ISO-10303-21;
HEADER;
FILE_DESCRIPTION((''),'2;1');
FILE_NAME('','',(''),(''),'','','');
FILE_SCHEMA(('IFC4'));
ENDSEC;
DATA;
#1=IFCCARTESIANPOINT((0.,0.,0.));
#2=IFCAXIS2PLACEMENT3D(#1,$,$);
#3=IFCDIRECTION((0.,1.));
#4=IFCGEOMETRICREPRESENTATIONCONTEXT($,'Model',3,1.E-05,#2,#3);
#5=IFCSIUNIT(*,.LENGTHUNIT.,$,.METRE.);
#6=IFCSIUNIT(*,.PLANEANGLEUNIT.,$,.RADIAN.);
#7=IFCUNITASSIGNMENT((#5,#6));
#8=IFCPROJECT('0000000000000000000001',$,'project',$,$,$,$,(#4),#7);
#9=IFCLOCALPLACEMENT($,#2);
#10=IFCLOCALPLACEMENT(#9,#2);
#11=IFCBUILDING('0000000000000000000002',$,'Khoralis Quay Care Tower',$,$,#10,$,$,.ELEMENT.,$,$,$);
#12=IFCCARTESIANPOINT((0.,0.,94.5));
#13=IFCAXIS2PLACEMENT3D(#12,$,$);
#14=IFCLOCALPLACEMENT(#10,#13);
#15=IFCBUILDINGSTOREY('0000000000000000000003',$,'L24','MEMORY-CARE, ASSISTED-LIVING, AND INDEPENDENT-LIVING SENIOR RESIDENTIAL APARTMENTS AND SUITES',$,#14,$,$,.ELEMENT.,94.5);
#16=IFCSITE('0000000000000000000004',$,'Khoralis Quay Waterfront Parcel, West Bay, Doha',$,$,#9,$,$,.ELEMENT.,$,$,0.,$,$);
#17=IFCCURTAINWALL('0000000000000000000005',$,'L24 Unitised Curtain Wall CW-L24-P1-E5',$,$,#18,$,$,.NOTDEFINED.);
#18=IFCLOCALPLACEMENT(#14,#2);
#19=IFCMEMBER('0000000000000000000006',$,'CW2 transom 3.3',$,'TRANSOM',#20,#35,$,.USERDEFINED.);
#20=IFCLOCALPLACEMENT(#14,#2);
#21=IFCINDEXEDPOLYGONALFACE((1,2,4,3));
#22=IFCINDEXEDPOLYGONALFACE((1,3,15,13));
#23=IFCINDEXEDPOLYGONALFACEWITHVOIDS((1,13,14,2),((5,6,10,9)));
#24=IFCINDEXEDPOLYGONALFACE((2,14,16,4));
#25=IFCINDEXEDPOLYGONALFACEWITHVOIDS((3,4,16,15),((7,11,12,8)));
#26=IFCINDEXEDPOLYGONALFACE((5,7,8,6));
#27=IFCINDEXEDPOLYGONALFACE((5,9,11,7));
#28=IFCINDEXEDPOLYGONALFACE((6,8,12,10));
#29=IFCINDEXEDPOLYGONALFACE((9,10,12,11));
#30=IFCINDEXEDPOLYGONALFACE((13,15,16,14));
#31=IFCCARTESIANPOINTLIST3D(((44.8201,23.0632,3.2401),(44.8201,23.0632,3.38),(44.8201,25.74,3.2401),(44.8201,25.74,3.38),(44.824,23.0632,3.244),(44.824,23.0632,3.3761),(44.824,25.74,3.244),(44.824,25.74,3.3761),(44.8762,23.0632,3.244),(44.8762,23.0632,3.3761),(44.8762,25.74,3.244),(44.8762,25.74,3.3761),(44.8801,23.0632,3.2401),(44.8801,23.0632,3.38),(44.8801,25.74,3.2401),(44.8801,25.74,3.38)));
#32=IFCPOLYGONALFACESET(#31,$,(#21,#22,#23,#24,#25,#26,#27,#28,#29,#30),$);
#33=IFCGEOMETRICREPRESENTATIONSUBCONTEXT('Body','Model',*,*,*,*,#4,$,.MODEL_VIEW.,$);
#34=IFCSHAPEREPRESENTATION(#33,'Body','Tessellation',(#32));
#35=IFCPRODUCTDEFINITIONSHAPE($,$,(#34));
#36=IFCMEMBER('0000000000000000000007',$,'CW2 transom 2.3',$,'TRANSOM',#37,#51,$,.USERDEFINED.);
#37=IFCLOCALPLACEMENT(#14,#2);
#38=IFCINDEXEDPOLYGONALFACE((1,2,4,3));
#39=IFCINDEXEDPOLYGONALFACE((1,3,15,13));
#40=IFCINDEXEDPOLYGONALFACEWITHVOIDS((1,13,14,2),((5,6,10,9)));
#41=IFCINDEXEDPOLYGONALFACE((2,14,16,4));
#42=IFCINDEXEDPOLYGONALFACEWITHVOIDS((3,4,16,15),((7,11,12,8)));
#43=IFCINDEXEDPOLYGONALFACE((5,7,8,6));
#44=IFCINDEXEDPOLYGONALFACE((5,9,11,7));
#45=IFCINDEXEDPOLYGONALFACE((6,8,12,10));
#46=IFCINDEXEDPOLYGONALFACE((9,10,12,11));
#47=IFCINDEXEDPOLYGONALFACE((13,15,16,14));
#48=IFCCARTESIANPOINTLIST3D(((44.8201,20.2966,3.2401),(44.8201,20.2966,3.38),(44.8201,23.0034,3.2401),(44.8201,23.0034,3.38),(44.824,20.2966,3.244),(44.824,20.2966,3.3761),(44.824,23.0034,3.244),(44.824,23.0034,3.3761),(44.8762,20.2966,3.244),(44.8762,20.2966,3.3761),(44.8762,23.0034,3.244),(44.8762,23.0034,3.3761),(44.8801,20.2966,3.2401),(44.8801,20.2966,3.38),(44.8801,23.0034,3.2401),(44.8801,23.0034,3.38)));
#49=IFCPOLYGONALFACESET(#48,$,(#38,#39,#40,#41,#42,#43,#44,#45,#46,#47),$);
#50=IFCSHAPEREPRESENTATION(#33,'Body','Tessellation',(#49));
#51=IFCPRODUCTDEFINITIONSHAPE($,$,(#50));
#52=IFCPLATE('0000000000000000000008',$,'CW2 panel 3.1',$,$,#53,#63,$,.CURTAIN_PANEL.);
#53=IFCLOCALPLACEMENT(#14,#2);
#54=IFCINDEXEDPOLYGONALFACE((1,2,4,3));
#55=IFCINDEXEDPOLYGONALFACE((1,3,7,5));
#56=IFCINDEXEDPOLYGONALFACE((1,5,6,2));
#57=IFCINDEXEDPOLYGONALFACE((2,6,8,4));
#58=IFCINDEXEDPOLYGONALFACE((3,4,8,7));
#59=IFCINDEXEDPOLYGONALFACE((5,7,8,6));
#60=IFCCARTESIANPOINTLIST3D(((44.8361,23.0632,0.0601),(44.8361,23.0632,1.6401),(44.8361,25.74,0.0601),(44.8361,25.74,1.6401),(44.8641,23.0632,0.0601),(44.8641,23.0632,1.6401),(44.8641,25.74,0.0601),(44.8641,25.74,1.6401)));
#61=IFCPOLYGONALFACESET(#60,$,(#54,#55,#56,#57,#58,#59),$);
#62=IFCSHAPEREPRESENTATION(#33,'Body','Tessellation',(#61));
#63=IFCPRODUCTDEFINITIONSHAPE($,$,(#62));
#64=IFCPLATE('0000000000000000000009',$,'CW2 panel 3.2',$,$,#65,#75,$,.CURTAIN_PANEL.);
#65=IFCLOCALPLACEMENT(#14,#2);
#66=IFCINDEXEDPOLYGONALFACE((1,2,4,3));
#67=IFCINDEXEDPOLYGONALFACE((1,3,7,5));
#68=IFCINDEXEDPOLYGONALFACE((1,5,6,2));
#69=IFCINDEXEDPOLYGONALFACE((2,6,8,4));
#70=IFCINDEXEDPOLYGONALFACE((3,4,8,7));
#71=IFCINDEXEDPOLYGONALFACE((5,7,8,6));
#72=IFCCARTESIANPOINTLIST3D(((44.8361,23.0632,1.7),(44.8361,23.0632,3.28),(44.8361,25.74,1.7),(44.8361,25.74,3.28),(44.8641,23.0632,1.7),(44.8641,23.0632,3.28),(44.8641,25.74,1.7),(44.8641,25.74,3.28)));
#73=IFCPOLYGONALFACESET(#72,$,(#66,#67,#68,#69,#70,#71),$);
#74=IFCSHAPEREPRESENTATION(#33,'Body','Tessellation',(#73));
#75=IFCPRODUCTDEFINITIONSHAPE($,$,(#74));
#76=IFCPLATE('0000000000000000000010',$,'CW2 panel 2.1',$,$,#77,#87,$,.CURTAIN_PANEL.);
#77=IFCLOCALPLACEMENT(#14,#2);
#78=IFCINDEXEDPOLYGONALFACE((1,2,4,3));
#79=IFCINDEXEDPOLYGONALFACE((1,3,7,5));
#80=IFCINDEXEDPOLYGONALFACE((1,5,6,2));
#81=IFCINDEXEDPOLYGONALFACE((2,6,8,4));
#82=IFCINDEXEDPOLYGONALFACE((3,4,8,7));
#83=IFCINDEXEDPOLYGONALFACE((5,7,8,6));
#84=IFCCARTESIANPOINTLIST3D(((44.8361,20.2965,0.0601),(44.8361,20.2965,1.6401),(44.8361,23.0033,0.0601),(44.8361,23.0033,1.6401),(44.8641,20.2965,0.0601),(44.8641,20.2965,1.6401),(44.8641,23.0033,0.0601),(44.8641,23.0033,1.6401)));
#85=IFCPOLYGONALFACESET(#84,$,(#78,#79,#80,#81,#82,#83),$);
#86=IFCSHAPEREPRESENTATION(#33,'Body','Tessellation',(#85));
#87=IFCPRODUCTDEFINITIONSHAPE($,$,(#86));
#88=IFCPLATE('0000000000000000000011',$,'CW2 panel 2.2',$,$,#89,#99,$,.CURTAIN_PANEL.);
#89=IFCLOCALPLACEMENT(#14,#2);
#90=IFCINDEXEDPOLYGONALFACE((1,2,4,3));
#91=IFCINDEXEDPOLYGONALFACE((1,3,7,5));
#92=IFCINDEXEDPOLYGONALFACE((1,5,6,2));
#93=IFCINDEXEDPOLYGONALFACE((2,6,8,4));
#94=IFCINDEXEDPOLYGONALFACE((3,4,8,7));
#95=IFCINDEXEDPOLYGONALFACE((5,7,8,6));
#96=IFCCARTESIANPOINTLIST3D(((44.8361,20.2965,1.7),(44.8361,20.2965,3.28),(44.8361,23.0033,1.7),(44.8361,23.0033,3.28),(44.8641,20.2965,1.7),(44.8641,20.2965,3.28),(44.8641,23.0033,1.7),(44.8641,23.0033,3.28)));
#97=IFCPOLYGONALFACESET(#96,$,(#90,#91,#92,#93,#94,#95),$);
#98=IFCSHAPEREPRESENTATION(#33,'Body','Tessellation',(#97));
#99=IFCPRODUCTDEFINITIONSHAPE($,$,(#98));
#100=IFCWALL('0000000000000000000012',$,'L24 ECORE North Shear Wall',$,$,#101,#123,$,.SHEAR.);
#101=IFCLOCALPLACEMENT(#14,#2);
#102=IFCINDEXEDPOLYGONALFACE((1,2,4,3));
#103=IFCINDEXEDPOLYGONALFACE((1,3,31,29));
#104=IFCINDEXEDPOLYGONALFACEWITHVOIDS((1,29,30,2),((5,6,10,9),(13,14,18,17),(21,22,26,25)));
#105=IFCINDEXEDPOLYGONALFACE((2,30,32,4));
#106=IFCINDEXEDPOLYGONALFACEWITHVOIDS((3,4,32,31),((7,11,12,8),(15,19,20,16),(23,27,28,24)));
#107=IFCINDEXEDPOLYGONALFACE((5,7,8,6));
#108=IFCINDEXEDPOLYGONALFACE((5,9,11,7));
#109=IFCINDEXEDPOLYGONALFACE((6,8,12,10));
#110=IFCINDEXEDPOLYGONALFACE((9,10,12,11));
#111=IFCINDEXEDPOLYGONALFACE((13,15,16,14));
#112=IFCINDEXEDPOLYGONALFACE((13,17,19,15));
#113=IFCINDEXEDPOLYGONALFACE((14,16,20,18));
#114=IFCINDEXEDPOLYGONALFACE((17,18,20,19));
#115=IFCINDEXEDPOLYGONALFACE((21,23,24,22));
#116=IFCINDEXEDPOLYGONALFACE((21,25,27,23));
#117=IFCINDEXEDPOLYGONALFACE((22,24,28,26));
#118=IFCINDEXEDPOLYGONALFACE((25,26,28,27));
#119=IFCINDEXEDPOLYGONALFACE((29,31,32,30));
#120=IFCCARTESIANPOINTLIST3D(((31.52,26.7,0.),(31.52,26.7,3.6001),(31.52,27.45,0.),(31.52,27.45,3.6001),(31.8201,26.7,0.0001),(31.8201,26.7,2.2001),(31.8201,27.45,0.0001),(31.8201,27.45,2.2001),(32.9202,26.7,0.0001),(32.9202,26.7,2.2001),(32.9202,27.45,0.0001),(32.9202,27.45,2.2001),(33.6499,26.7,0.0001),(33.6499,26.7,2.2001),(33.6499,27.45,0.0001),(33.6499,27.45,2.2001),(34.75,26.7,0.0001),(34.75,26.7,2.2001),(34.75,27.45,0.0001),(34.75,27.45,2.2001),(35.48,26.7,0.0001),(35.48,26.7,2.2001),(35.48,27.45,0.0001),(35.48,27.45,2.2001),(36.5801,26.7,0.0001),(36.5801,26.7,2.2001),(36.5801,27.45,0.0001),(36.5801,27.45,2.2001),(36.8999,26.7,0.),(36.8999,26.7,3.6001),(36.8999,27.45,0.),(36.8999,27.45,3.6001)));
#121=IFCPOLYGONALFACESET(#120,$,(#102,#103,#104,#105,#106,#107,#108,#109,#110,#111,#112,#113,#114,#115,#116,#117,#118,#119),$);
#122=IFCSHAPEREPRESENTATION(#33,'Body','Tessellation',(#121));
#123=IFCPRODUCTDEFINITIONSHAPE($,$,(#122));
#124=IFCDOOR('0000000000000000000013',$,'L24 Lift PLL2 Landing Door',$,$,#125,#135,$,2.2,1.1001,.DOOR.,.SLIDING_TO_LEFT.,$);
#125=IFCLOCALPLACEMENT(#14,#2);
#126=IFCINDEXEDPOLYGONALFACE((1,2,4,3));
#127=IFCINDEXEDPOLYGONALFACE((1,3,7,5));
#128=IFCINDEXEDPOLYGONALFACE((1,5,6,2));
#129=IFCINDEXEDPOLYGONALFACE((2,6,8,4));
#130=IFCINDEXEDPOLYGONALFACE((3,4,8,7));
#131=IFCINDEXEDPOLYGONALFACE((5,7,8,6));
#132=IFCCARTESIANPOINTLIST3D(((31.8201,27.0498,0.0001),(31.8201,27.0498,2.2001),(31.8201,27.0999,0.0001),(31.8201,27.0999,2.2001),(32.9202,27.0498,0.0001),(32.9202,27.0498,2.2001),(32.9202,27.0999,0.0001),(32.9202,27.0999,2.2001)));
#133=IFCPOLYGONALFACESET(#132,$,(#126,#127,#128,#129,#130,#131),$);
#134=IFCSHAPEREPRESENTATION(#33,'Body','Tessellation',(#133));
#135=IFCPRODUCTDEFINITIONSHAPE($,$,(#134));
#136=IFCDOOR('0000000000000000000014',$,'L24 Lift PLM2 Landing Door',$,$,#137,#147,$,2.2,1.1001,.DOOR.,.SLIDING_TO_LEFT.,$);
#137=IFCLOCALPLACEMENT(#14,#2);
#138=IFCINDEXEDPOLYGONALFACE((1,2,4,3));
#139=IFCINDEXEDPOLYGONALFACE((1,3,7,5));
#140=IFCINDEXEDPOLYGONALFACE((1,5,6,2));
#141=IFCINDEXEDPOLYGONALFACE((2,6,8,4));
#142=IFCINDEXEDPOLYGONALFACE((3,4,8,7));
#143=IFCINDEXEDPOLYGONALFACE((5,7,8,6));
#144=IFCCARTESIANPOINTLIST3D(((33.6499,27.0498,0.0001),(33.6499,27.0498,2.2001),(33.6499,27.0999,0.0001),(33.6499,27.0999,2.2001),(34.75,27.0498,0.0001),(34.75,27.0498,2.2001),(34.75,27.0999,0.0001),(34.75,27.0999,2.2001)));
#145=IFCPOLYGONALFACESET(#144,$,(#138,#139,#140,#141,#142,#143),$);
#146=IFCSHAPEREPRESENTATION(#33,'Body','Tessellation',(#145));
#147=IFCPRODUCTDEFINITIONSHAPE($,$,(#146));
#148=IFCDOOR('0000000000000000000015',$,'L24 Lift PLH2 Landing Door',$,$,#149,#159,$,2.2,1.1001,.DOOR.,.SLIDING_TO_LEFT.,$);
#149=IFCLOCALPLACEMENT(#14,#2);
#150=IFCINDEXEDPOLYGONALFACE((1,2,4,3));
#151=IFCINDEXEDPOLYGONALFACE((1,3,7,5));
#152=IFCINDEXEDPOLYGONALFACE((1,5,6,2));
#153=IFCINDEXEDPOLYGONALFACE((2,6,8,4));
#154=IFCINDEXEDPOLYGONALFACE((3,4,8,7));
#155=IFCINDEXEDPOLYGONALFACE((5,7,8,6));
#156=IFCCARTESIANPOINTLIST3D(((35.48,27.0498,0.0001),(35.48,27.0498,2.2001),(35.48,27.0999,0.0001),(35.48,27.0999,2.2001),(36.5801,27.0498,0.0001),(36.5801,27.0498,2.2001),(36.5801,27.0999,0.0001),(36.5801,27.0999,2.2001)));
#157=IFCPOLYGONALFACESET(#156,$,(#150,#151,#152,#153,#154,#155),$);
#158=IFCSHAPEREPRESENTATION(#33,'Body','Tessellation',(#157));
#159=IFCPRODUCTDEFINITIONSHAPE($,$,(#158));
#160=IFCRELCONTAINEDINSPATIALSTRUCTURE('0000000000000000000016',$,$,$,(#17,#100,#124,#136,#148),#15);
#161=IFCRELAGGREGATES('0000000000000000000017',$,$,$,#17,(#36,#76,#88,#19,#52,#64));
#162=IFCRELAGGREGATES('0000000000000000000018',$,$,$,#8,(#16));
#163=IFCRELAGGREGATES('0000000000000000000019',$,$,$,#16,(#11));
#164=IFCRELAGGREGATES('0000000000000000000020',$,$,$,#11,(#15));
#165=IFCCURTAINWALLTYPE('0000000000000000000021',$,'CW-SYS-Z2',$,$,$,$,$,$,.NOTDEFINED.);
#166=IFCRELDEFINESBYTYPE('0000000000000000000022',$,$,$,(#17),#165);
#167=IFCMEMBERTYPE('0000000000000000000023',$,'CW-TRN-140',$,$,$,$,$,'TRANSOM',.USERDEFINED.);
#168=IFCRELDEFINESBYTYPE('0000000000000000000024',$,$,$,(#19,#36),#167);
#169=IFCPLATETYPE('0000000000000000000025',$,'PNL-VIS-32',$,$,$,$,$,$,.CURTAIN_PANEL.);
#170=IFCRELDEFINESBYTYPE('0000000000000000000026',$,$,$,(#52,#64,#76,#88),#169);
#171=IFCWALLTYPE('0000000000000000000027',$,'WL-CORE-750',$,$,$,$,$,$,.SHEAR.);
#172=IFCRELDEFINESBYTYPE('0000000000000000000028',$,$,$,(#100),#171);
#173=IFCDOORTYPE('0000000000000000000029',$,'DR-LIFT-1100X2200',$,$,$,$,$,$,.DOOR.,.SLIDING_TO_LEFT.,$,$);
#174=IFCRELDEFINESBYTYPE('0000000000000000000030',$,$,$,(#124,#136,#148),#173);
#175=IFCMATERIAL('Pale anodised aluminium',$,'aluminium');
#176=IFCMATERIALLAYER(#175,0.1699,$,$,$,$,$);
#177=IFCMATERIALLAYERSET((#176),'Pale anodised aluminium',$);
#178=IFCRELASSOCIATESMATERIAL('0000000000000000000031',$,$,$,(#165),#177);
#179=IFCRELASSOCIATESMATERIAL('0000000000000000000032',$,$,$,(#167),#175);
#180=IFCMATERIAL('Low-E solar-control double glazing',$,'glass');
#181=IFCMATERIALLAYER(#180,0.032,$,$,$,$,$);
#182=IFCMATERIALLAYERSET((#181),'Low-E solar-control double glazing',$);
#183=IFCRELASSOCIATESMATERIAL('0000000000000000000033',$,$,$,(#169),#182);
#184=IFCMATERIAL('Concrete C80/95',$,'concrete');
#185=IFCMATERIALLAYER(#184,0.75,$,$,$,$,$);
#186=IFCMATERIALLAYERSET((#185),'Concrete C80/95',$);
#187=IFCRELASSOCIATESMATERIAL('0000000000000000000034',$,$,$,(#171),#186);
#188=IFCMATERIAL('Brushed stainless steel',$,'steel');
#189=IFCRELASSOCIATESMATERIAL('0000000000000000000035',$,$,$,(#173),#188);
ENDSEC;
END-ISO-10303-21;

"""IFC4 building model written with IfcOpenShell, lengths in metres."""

from ifc_helpers import new_model, si_unit, direction, frame, frame_2d, origin, origin_2d, place, context, subcontext, project, spatial, rectangle, hollow_rectangle, extrude, source, transform, mapped, material, layer, layer_set, material_profile, profile_set, type_object, element, fill, aggregate, save


model = new_model("IFC4")

# Units and contexts
model_context = context("Model", 3, precision=1e-05, world=origin(), true_north=direction((0.0, 1.0)))
body_context = subcontext(model_context, "Body", "Model", "MODEL_VIEW")
ifc_project = project(units=[si_unit("LENGTHUNIT", "METRE"), si_unit("PLANEANGLEUNIT", "RADIAN")], contexts=[model_context])

# Site, building, storey
site_placement = place(None, origin())
site = spatial("IfcSite", under=ifc_project, at=site_placement, Name="Khoralis Quay Waterfront Parcel, West Bay, Doha", CompositionType="ELEMENT", RefElevation=0.0)
building_placement = place(site_placement, origin())
building = spatial("IfcBuilding", under=site, at=building_placement, Name="Khoralis Quay Care Tower", CompositionType="ELEMENT")
storey_placement = place(building_placement, frame((0.0, 0.0, 94.5)))
storey = spatial("IfcBuildingStorey", under=building, at=storey_placement, Name="L24", Description="MEMORY-CARE, ASSISTED-LIVING, AND INDEPENDENT-LIVING SENIOR RESIDENTIAL APARTMENTS AND SUITES", CompositionType="ELEMENT", Elevation=94.5)

# Curtain wall, members, plates
ifc_material_1 = material(Name="Pale anodised aluminium", Category="aluminium")
ifc_layer_1 = layer(ifc_material_1, 0.1699)
ifc_layer_set_1 = layer_set([ifc_layer_1], Name="Pale anodised aluminium")
curtain_wall_type = type_object("IfcCurtainWallType", Name="CW-SYS-Z2", PredefinedType="NOTDEFINED", material=ifc_layer_set_1)
curtain_wall_placement = place(storey_placement, origin())
curtain_wall = element("IfcCurtainWall", 1, at=curtain_wall_placement, inside=storey, type_object=curtain_wall_type, Name="L24 Unitised Curtain Wall CW-L24-P1-E5", PredefinedType="NOTDEFINED")
ifc_material_profile_1 = material_profile(ifc_material_1, hollow_rectangle(XDim=0.0601, YDim=0.1399, WallThickness=0.0039, at=origin_2d()), Name="Pale anodised aluminium")
ifc_profile_set_1 = profile_set([ifc_material_profile_1], Name="Pale anodised aluminium")
member_type_1 = type_object("IfcMemberType", Name="CW-TRN-140", ElementType="TRANSOM", PredefinedType="USERDEFINED", material=ifc_profile_set_1)
shared_shape_1 = source(origin(), body_context, "Body", "SweptSolid", [
    extrude(hollow_rectangle(XDim=0.0601, YDim=0.1399, WallThickness=0.0039, at=origin_2d()), origin(), (0.0, 0.0, 1.0), 2.6768),
])
member_1_placement = place(storey_placement, frame((44.8501, 23.0632, 3.3101), z_axis=(0.0, 1.0, 0.0), x_axis=(-1.0, 0.0, 0.0)))
member_1 = element("IfcMember", 2, at=member_1_placement, type_object=member_type_1, Name="CW2 transom 3.3", ObjectType="TRANSOM", PredefinedType="USERDEFINED", context=body_context, shape_type="MappedRepresentation", body=[
    mapped(shared_shape_1, transform((0.0, 0.0, 0.0), scale=1.0)),
])
shared_shape_2 = source(origin(), body_context, "Body", "SweptSolid", [
    extrude(hollow_rectangle(XDim=0.0601, YDim=0.1399, WallThickness=0.0039, at=origin_2d()), origin(), (0.0, 0.0, 1.0), 2.7068),
])
member_2_placement = place(storey_placement, frame((44.8501, 20.2966, 3.3101), z_axis=(0.0, 1.0, 0.0), x_axis=(-1.0, 0.0, 0.0)))
member_2 = element("IfcMember", 3, at=member_2_placement, type_object=member_type_1, Name="CW2 transom 2.3", ObjectType="TRANSOM", PredefinedType="USERDEFINED", context=body_context, shape_type="MappedRepresentation", body=[
    mapped(shared_shape_2, transform((0.0, 0.0, 0.0), scale=1.0)),
])
ifc_material_2 = material(Name="Low-E solar-control double glazing", Category="glass")
ifc_layer_2 = layer(ifc_material_2, 0.032)
ifc_layer_set_2 = layer_set([ifc_layer_2], Name="Low-E solar-control double glazing")
plate_type = type_object("IfcPlateType", Name="PNL-VIS-32", PredefinedType="CURTAIN_PANEL", material=ifc_layer_set_2)
shared_shape_3 = source(origin(), body_context, "Body", "SweptSolid", [
    extrude(rectangle(XDim=2.6768, YDim=0.0281, at=origin_2d()), origin(), (0.0, 0.0, 1.0), 1.5801),
])
plate_1_placement = place(storey_placement, frame((44.8501, 24.4016, 0.0601), z_axis=(0.0, 0.0, 1.0), x_axis=(0.0, 1.0, 0.0)))
plate_1 = element("IfcPlate", 4, at=plate_1_placement, type_object=plate_type, Name="CW2 panel 3.1", PredefinedType="CURTAIN_PANEL", context=body_context, shape_type="MappedRepresentation", body=[
    mapped(shared_shape_3, transform((0.0, 0.0, 0.0), scale=1.0)),
])
plate_2_placement = place(storey_placement, frame((44.8501, 24.4016, 1.7), z_axis=(0.0, 0.0, 1.0), x_axis=(0.0, 1.0, 0.0)))
plate_2 = element("IfcPlate", 5, at=plate_2_placement, type_object=plate_type, Name="CW2 panel 3.2", PredefinedType="CURTAIN_PANEL", context=body_context, shape_type="MappedRepresentation", body=[
    mapped(shared_shape_3, transform((0.0, 0.0, 0.0), scale=1.0)),
])
shared_shape_4 = source(origin(), body_context, "Body", "SweptSolid", [
    extrude(rectangle(XDim=2.7068, YDim=0.0281, at=origin_2d()), origin(), (0.0, 0.0, 1.0), 1.5801),
])
plate_3_placement = place(storey_placement, frame((44.8501, 21.6499, 0.0601), z_axis=(0.0, 0.0, 1.0), x_axis=(0.0, 1.0, 0.0)))
plate_3 = element("IfcPlate", 6, at=plate_3_placement, type_object=plate_type, Name="CW2 panel 2.1", PredefinedType="CURTAIN_PANEL", context=body_context, shape_type="MappedRepresentation", body=[
    mapped(shared_shape_4, transform((0.0, 0.0, 0.0), scale=1.0)),
])
plate_4_placement = place(storey_placement, frame((44.8501, 21.6499, 1.7), z_axis=(0.0, 0.0, 1.0), x_axis=(0.0, 1.0, 0.0)))
plate_4 = element("IfcPlate", 7, at=plate_4_placement, type_object=plate_type, Name="CW2 panel 2.2", PredefinedType="CURTAIN_PANEL", context=body_context, shape_type="MappedRepresentation", body=[
    mapped(shared_shape_4, transform((0.0, 0.0, 0.0), scale=1.0)),
])
aggregate(curtain_wall, [member_2, plate_3, plate_4, member_1, plate_1, plate_2])

# Wall, openings, doors
ifc_material_3 = material(Name="Concrete C80/95", Category="concrete")
ifc_layer_3 = layer(ifc_material_3, 0.75)
ifc_layer_set_3 = layer_set([ifc_layer_3], Name="Concrete C80/95")
wall_type_1 = type_object("IfcWallType", Name="WL-CORE-750", PredefinedType="SHEAR", material=ifc_layer_set_3)
wall_1_placement = place(storey_placement, frame((31.52, 27.075, 0.0), z_axis=(0.0, 0.0, 1.0), x_axis=(1.0, 0.0, 0.0)))
wall_1 = element("IfcWall", 8, at=wall_1_placement, inside=storey, type_object=wall_type_1, Name="L24 ECORE North Shear Wall", PredefinedType="SHEAR", context=body_context, shape_type="SweptSolid", body=[
    extrude(rectangle(XDim=5.3799, YDim=0.75, at=frame_2d((2.6899, 0.0))), origin(), (0.0, 0.0, 1.0), 3.6001),
])
opening_1_placement = place(wall_1_placement, frame((0.3, 0.0, 0.0)))
opening_1 = element("IfcOpeningElement", 9, at=opening_1_placement, cuts=wall_1, PredefinedType="OPENING", context=body_context, shape_type="SweptSolid", body=[
    extrude(rectangle(XDim=1.1001, YDim=2.2, at=frame_2d((0.55, 1.1001))), frame((0.0, 0.385, 0.0), z_axis=(0.0, -1.0, 0.0), x_axis=(1.0, 0.0, 0.0)), (0.0, 0.0, 1.0), 0.77),
])
opening_2_placement = place(wall_1_placement, frame((2.1299, 0.0, 0.0)))
opening_2 = element("IfcOpeningElement", 10, at=opening_2_placement, cuts=wall_1, PredefinedType="OPENING", context=body_context, shape_type="SweptSolid", body=[
    extrude(rectangle(XDim=1.1001, YDim=2.2, at=frame_2d((0.55, 1.1001))), frame((0.0, 0.385, 0.0), z_axis=(0.0, -1.0, 0.0), x_axis=(1.0, 0.0, 0.0)), (0.0, 0.0, 1.0), 0.77),
])
opening_3_placement = place(wall_1_placement, frame((3.96, 0.0, 0.0)))
opening_3 = element("IfcOpeningElement", 11, at=opening_3_placement, cuts=wall_1, PredefinedType="OPENING", context=body_context, shape_type="SweptSolid", body=[
    extrude(rectangle(XDim=1.1001, YDim=2.2, at=frame_2d((0.55, 1.1001))), frame((0.0, 0.385, 0.0), z_axis=(0.0, -1.0, 0.0), x_axis=(1.0, 0.0, 0.0)), (0.0, 0.0, 1.0), 0.77),
])
ifc_material_4 = material(Name="Brushed stainless steel", Category="steel")
door_type = type_object("IfcDoorType", Name="DR-LIFT-1100X2200", OperationType="SLIDING_TO_LEFT", PredefinedType="DOOR", material=ifc_material_4)
shared_shape_5 = source(origin(), body_context, "Body", "SweptSolid", [
    extrude(rectangle(XDim=1.1001, YDim=2.2, at=frame_2d((0.55, 1.1001))), frame((0.0, 0.0249, 0.0), z_axis=(0.0, -1.0, 0.0), x_axis=(1.0, 0.0, 0.0)), (0.0, 0.0, 1.0), 0.05),
])
door_1_placement = place(opening_1_placement, origin())
door_1 = element("IfcDoor", 12, at=door_1_placement, inside=storey, type_object=door_type, Name="L24 Lift PLL2 Landing Door", OperationType="SLIDING_TO_LEFT", OverallHeight=2.2, OverallWidth=1.1001, PredefinedType="DOOR", context=body_context, shape_type="MappedRepresentation", body=[
    mapped(shared_shape_5, transform((0.0, 0.0, 0.0), scale=1.0)),
])
fill(opening_1, door_1)
door_2_placement = place(opening_2_placement, origin())
door_2 = element("IfcDoor", 13, at=door_2_placement, inside=storey, type_object=door_type, Name="L24 Lift PLM2 Landing Door", OperationType="SLIDING_TO_LEFT", OverallHeight=2.2, OverallWidth=1.1001, PredefinedType="DOOR", context=body_context, shape_type="MappedRepresentation", body=[
    mapped(shared_shape_5, transform((0.0, 0.0, 0.0), scale=1.0)),
])
fill(opening_2, door_2)
door_3_placement = place(opening_3_placement, origin())
door_3 = element("IfcDoor", 14, at=door_3_placement, inside=storey, type_object=door_type, Name="L24 Lift PLH2 Landing Door", OperationType="SLIDING_TO_LEFT", OverallHeight=2.2, OverallWidth=1.1001, PredefinedType="DOOR", context=body_context, shape_type="MappedRepresentation", body=[
    mapped(shared_shape_5, transform((0.0, 0.0, 0.0), scale=1.0)),
])
fill(opening_3, door_3)

save(model, "model.ifc")
